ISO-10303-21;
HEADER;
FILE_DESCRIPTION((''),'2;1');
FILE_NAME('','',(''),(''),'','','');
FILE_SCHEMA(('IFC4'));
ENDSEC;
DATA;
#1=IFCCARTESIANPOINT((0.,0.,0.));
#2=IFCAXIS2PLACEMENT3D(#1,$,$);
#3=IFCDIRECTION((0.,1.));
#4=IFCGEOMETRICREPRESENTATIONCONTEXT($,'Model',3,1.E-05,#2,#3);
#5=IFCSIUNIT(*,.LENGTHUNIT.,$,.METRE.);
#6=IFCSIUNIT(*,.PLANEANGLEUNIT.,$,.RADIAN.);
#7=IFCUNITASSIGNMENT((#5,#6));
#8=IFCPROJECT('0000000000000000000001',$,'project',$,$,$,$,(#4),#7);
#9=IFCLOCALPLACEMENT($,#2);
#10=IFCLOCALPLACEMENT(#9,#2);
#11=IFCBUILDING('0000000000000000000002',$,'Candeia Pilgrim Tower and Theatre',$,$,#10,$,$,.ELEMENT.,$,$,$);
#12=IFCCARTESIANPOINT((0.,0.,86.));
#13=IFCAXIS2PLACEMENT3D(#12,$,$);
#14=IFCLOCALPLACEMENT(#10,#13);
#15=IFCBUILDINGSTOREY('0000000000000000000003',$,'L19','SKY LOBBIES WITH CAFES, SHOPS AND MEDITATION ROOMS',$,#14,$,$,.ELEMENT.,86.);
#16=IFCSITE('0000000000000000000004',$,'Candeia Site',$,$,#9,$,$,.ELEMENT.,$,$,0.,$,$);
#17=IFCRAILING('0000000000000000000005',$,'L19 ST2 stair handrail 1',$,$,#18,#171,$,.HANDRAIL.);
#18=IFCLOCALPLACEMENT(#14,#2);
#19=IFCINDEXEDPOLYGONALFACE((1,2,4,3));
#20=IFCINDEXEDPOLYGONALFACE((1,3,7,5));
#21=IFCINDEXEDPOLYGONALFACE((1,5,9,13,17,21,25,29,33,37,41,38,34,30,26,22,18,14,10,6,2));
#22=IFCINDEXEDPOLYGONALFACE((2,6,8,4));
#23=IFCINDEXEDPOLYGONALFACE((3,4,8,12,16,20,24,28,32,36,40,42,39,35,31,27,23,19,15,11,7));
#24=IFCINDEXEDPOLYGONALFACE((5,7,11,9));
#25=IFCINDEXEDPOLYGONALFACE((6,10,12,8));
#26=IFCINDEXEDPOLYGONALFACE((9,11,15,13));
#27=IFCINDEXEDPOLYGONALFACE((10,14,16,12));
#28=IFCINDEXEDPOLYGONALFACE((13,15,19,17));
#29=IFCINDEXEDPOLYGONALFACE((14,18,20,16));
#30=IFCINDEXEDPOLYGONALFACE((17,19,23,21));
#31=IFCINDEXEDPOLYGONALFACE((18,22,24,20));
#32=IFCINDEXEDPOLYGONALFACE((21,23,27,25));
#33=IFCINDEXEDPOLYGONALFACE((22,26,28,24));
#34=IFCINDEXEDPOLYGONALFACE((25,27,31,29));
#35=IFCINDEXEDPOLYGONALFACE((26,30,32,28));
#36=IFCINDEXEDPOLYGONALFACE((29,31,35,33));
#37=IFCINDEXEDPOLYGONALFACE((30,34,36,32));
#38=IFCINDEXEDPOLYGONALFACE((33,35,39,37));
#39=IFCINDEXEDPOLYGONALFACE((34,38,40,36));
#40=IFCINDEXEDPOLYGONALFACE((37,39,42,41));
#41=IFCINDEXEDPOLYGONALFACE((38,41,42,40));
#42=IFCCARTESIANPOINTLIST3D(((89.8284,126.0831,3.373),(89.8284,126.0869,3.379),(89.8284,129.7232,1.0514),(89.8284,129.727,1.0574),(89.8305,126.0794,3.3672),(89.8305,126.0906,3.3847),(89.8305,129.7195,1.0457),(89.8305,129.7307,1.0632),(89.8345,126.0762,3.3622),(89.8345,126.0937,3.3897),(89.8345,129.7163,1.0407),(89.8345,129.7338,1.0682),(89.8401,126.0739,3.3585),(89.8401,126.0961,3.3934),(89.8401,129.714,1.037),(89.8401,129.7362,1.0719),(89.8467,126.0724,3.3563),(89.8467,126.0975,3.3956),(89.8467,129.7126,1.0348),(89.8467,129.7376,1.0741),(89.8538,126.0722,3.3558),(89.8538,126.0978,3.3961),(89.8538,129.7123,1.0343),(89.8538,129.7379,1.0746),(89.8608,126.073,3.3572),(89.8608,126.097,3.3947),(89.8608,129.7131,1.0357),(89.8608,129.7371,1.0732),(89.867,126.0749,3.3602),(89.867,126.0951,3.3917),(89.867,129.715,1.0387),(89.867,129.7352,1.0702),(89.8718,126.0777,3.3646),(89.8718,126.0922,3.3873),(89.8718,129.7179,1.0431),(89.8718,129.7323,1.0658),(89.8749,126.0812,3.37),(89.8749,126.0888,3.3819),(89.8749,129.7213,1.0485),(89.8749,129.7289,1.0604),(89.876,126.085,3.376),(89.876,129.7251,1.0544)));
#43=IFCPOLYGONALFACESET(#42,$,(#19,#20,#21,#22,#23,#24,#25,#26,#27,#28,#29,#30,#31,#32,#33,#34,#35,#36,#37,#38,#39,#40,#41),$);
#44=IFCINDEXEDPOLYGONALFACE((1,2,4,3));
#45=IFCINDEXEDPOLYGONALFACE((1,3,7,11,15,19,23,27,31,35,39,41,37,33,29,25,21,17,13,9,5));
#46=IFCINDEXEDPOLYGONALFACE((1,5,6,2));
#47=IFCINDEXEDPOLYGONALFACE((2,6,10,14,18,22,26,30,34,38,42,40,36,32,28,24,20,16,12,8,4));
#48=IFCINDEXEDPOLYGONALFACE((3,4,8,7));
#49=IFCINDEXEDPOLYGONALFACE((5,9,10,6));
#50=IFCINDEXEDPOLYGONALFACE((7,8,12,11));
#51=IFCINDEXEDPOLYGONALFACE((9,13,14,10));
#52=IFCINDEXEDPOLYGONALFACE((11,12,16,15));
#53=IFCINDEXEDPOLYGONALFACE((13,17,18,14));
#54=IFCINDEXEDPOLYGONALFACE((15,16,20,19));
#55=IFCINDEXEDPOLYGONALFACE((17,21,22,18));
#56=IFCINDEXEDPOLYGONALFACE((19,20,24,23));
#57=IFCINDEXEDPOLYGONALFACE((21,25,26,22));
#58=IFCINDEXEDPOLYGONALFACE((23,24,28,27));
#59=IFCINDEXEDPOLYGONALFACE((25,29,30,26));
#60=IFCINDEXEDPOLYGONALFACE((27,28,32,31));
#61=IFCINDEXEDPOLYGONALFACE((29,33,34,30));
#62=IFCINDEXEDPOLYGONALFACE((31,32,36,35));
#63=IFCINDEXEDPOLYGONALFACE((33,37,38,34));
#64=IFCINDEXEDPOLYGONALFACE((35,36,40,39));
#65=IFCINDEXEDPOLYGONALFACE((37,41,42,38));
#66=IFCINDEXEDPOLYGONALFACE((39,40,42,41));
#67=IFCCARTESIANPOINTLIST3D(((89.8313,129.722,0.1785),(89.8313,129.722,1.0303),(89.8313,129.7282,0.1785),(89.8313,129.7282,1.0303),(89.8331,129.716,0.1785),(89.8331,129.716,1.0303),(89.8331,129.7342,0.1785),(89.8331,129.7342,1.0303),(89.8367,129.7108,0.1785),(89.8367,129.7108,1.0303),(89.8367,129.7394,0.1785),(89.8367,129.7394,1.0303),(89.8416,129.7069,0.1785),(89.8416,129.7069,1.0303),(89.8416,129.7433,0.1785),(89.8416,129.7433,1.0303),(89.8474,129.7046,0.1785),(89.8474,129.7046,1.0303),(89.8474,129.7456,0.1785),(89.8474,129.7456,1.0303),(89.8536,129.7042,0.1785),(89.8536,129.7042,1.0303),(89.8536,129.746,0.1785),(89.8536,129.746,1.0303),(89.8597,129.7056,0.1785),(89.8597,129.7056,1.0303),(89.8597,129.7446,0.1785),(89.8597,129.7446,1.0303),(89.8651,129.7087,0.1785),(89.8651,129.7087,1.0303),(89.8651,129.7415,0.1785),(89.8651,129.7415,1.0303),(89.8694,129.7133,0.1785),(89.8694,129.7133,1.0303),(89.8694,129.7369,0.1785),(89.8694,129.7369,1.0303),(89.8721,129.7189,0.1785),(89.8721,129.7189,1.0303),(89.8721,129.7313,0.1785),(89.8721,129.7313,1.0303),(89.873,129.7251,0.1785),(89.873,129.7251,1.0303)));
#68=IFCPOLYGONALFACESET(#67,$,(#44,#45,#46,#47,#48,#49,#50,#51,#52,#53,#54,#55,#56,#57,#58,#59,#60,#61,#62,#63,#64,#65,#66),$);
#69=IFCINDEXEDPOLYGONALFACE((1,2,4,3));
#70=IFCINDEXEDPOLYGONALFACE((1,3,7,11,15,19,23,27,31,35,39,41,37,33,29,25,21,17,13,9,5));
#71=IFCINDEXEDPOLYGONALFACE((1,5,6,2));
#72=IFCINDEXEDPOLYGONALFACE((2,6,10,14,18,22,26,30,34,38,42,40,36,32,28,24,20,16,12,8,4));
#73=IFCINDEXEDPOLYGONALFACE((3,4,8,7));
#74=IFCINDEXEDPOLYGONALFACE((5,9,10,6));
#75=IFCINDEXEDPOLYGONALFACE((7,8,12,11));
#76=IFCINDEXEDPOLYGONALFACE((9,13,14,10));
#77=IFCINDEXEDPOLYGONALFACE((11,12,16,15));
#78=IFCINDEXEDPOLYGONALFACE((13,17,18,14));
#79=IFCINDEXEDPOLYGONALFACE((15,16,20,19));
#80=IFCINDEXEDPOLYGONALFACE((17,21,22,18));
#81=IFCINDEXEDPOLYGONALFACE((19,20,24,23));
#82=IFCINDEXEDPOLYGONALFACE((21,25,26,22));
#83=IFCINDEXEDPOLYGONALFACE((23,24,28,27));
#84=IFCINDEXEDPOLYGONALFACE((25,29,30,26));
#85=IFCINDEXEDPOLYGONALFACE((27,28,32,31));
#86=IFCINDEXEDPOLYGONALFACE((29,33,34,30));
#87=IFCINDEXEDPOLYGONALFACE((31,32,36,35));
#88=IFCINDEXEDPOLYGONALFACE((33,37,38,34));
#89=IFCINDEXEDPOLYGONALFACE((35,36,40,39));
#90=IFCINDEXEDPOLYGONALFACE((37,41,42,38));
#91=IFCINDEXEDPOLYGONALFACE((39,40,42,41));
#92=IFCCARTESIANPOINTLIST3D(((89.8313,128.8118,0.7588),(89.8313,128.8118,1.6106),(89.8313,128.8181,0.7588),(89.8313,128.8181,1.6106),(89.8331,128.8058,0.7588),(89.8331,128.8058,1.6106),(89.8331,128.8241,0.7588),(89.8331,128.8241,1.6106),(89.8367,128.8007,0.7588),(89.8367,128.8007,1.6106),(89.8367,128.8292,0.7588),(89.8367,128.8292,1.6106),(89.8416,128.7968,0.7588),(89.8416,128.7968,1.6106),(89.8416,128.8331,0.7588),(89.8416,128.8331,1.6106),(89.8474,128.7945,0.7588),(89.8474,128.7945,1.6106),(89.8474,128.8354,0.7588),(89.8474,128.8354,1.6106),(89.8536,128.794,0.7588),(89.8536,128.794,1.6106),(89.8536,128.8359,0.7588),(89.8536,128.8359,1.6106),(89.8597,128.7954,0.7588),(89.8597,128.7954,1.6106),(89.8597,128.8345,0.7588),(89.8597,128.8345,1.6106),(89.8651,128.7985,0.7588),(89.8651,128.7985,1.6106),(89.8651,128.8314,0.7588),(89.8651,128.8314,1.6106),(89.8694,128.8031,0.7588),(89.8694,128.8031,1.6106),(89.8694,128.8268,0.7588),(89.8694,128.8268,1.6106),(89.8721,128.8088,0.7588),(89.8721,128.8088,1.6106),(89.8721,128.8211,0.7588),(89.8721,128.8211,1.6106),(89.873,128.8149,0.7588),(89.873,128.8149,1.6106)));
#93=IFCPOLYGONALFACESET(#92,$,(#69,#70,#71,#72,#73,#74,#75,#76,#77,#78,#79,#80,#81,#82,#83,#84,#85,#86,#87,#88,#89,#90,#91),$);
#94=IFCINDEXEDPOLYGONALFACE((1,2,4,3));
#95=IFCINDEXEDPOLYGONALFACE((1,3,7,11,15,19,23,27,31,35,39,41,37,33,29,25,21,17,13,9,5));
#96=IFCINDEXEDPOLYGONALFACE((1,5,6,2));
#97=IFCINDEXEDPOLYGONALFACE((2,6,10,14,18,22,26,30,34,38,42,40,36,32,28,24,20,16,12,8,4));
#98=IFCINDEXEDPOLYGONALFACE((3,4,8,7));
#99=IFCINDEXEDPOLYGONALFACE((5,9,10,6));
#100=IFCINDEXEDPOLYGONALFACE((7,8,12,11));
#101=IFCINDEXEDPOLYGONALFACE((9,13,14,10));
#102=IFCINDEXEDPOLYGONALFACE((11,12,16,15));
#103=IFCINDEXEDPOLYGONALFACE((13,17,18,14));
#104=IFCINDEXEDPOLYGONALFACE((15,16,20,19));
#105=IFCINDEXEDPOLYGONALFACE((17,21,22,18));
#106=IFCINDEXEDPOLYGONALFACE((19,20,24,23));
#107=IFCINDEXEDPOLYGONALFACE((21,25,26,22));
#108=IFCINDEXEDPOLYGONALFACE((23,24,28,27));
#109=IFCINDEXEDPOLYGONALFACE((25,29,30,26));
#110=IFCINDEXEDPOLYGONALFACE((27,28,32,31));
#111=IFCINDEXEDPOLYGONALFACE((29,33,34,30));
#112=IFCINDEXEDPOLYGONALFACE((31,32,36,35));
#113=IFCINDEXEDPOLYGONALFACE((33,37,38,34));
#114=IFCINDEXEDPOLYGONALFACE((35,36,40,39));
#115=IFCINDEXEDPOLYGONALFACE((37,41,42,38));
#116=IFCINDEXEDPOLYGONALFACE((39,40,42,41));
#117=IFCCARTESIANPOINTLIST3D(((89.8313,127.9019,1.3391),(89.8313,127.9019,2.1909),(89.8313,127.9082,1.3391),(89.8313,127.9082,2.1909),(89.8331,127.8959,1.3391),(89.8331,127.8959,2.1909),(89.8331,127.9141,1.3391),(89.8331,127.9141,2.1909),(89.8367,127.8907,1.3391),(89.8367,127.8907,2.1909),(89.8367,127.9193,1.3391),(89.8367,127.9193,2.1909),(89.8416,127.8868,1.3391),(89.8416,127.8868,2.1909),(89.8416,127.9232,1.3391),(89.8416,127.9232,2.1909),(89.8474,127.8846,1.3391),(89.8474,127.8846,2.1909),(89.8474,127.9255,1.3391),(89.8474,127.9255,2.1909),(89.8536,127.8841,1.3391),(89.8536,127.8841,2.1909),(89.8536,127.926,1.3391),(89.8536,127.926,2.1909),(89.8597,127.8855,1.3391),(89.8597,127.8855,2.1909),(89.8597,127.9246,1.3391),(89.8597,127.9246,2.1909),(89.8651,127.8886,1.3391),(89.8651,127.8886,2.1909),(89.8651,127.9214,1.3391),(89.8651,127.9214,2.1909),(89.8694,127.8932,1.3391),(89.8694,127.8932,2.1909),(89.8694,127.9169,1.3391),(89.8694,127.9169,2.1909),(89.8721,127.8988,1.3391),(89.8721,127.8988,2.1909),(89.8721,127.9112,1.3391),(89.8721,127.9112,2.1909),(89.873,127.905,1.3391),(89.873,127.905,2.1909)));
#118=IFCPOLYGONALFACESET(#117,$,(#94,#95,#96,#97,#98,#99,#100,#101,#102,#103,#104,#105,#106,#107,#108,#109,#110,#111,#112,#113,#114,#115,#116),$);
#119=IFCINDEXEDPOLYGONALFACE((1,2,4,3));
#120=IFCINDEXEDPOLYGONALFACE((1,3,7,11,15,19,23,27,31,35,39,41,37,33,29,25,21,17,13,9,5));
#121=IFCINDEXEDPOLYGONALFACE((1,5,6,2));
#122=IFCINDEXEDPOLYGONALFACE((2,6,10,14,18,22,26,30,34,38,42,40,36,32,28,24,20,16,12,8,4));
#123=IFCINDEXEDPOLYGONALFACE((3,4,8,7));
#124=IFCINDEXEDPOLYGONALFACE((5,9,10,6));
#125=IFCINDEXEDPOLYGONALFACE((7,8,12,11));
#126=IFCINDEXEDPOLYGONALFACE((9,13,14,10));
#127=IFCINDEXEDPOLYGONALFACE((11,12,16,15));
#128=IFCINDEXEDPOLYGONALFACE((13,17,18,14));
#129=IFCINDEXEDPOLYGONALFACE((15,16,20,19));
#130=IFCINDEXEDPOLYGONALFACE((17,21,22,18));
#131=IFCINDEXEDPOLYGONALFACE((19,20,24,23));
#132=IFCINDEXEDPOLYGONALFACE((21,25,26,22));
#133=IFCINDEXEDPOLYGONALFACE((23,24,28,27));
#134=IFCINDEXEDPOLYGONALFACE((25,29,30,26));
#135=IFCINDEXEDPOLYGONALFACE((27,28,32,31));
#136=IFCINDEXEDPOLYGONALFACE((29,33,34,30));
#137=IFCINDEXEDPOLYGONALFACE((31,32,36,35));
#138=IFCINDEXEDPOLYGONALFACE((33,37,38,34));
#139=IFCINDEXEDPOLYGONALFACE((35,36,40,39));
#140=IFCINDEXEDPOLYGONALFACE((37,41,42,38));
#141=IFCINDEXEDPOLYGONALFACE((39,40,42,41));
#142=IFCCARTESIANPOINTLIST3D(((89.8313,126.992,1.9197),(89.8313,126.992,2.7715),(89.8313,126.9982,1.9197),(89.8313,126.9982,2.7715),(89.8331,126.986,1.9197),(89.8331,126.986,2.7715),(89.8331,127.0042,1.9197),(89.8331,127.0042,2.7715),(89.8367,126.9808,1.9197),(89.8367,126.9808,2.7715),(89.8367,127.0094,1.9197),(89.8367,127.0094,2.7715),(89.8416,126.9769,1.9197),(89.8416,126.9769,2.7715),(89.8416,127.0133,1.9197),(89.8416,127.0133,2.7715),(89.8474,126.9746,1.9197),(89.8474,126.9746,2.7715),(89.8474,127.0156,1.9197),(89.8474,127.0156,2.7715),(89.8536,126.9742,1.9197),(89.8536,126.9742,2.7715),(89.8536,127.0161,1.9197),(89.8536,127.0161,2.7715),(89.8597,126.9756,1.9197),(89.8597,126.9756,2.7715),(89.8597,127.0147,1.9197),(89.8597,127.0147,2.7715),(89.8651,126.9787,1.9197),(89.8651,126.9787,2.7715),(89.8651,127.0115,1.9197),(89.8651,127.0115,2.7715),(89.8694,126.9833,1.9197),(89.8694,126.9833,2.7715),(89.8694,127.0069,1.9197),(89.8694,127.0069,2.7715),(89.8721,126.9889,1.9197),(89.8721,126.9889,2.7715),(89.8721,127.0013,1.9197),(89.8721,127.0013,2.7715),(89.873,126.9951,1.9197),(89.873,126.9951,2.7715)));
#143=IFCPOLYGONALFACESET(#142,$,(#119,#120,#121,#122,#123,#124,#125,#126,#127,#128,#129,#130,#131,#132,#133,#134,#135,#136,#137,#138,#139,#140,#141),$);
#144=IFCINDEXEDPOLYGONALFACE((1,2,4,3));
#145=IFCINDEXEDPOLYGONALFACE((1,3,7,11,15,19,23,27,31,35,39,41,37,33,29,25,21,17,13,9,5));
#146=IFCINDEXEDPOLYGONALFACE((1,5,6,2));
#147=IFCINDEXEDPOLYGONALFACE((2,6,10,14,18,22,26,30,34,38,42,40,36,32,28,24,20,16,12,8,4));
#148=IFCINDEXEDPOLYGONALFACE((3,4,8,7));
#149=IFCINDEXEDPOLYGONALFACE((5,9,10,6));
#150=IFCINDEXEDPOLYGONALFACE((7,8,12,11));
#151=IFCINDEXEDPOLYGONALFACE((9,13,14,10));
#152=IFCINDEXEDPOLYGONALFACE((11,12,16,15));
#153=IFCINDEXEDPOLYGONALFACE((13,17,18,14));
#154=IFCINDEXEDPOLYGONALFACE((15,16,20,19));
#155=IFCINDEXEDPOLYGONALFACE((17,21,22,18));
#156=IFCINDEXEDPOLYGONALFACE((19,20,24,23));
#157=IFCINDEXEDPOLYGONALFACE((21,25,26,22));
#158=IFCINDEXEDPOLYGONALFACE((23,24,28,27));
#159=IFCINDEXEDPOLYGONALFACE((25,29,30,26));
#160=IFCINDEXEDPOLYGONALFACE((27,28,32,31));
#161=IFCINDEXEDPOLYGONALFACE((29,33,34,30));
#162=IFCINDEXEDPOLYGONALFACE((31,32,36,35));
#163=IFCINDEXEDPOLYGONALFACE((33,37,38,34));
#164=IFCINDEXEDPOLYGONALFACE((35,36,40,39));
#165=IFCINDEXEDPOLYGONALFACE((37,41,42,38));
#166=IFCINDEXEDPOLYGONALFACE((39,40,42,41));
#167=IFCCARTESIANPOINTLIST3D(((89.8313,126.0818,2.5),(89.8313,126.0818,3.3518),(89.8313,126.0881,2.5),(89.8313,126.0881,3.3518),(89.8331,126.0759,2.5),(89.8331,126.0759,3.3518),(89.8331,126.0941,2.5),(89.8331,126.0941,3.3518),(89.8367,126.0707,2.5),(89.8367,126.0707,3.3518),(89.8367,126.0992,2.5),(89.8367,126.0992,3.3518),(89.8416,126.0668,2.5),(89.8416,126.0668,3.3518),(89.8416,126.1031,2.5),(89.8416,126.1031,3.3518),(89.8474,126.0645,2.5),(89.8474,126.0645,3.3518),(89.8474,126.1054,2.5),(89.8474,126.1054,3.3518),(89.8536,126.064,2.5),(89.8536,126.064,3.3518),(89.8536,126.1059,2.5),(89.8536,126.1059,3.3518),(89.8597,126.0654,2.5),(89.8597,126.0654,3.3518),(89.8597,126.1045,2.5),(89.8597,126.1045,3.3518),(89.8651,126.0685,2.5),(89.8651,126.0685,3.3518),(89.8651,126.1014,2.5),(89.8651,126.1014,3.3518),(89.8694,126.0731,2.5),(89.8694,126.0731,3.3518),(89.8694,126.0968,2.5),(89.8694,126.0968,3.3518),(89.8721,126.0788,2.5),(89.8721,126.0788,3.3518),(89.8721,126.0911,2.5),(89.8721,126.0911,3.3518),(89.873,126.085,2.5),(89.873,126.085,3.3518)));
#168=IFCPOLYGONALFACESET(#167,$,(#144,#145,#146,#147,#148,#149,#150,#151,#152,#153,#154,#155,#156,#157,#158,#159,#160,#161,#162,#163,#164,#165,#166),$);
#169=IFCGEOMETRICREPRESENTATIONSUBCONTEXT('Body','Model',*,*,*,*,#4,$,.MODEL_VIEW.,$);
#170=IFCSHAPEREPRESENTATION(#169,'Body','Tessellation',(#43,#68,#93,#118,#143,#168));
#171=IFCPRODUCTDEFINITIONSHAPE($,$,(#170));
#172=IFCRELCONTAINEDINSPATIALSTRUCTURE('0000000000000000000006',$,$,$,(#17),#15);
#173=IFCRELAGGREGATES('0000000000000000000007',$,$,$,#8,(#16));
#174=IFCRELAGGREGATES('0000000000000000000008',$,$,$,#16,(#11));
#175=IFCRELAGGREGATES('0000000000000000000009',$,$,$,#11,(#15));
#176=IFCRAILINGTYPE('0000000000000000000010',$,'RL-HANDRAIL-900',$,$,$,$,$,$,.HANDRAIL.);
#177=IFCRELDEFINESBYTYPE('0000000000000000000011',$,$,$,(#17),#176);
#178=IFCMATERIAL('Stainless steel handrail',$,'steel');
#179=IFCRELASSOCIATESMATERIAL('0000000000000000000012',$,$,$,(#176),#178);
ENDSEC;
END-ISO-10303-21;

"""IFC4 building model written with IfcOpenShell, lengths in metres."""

from ifc_helpers import new_model, si_unit, direction, frame, origin, origin_2d, place, context, subcontext, project, spatial, circle, extrude, material, type_object, element, save


model = new_model("IFC4")

# Units and contexts
model_context = context("Model", 3, precision=1e-05, world=origin(), true_north=direction((0.0, 1.0)))
body_context = subcontext(model_context, "Body", "Model", "MODEL_VIEW")
ifc_project = project(units=[si_unit("LENGTHUNIT", "METRE"), si_unit("PLANEANGLEUNIT", "RADIAN")], contexts=[model_context])

# Site, building, storey
site_placement = place(None, origin())
site = spatial("IfcSite", under=ifc_project, at=site_placement, Name="Candeia Site", CompositionType="ELEMENT", RefElevation=0.0)
building_placement = place(site_placement, origin())
building = spatial("IfcBuilding", under=site, at=building_placement, Name="Candeia Pilgrim Tower and Theatre", CompositionType="ELEMENT")
storey_placement = place(building_placement, frame((0.0, 0.0, 86.0)))
storey = spatial("IfcBuildingStorey", under=building, at=storey_placement, Name="L19", Description="SKY LOBBIES WITH CAFES, SHOPS AND MEDITATION ROOMS", CompositionType="ELEMENT", Elevation=86.0)

# Railing
ifc_material_1 = material(Name="Stainless steel handrail", Category="steel")
railing_type_1 = type_object("IfcRailingType", Name="RL-HANDRAIL-900", PredefinedType="HANDRAIL", material=ifc_material_1)
for number, where, name in (
    (1, (89.8521, 129.7251, 0.1785), "L19 ST2 stair handrail 1"),
):
    element("IfcRailing", number, at=place(storey_placement, frame(where)), inside=storey, type_object=railing_type_1, Name=name, PredefinedType="HANDRAIL", context=body_context, shape_type="SweptSolid", body=[
        extrude(circle(Radius=0.0239, at=origin_2d()), frame((0.0, 0.0, 0.876), z_axis=(0.0, -0.843128, 0.537713), x_axis=(1.0, 0.0, 0.0)), (0.0, 0.0, 1.0), 4.3174),
        extrude(circle(Radius=0.021, at=origin_2d()), origin(), (0.0, 0.0, 1.0), 0.8518),
        extrude(circle(Radius=0.021, at=origin_2d()), frame((0.0, -0.9102, 0.5803)), (0.0, 0.0, 1.0), 0.8518),
        extrude(circle(Radius=0.021, at=origin_2d()), frame((0.0, -1.8201, 1.1606)), (0.0, 0.0, 1.0), 0.8518),
        extrude(circle(Radius=0.021, at=origin_2d()), frame((0.0, -2.73, 1.7412)), (0.0, 0.0, 1.0), 0.8518),
        extrude(circle(Radius=0.021, at=origin_2d()), frame((0.0, -3.6401, 2.3215)), (0.0, 0.0, 1.0), 0.8518),
    ])

save(model, "model.ifc")
